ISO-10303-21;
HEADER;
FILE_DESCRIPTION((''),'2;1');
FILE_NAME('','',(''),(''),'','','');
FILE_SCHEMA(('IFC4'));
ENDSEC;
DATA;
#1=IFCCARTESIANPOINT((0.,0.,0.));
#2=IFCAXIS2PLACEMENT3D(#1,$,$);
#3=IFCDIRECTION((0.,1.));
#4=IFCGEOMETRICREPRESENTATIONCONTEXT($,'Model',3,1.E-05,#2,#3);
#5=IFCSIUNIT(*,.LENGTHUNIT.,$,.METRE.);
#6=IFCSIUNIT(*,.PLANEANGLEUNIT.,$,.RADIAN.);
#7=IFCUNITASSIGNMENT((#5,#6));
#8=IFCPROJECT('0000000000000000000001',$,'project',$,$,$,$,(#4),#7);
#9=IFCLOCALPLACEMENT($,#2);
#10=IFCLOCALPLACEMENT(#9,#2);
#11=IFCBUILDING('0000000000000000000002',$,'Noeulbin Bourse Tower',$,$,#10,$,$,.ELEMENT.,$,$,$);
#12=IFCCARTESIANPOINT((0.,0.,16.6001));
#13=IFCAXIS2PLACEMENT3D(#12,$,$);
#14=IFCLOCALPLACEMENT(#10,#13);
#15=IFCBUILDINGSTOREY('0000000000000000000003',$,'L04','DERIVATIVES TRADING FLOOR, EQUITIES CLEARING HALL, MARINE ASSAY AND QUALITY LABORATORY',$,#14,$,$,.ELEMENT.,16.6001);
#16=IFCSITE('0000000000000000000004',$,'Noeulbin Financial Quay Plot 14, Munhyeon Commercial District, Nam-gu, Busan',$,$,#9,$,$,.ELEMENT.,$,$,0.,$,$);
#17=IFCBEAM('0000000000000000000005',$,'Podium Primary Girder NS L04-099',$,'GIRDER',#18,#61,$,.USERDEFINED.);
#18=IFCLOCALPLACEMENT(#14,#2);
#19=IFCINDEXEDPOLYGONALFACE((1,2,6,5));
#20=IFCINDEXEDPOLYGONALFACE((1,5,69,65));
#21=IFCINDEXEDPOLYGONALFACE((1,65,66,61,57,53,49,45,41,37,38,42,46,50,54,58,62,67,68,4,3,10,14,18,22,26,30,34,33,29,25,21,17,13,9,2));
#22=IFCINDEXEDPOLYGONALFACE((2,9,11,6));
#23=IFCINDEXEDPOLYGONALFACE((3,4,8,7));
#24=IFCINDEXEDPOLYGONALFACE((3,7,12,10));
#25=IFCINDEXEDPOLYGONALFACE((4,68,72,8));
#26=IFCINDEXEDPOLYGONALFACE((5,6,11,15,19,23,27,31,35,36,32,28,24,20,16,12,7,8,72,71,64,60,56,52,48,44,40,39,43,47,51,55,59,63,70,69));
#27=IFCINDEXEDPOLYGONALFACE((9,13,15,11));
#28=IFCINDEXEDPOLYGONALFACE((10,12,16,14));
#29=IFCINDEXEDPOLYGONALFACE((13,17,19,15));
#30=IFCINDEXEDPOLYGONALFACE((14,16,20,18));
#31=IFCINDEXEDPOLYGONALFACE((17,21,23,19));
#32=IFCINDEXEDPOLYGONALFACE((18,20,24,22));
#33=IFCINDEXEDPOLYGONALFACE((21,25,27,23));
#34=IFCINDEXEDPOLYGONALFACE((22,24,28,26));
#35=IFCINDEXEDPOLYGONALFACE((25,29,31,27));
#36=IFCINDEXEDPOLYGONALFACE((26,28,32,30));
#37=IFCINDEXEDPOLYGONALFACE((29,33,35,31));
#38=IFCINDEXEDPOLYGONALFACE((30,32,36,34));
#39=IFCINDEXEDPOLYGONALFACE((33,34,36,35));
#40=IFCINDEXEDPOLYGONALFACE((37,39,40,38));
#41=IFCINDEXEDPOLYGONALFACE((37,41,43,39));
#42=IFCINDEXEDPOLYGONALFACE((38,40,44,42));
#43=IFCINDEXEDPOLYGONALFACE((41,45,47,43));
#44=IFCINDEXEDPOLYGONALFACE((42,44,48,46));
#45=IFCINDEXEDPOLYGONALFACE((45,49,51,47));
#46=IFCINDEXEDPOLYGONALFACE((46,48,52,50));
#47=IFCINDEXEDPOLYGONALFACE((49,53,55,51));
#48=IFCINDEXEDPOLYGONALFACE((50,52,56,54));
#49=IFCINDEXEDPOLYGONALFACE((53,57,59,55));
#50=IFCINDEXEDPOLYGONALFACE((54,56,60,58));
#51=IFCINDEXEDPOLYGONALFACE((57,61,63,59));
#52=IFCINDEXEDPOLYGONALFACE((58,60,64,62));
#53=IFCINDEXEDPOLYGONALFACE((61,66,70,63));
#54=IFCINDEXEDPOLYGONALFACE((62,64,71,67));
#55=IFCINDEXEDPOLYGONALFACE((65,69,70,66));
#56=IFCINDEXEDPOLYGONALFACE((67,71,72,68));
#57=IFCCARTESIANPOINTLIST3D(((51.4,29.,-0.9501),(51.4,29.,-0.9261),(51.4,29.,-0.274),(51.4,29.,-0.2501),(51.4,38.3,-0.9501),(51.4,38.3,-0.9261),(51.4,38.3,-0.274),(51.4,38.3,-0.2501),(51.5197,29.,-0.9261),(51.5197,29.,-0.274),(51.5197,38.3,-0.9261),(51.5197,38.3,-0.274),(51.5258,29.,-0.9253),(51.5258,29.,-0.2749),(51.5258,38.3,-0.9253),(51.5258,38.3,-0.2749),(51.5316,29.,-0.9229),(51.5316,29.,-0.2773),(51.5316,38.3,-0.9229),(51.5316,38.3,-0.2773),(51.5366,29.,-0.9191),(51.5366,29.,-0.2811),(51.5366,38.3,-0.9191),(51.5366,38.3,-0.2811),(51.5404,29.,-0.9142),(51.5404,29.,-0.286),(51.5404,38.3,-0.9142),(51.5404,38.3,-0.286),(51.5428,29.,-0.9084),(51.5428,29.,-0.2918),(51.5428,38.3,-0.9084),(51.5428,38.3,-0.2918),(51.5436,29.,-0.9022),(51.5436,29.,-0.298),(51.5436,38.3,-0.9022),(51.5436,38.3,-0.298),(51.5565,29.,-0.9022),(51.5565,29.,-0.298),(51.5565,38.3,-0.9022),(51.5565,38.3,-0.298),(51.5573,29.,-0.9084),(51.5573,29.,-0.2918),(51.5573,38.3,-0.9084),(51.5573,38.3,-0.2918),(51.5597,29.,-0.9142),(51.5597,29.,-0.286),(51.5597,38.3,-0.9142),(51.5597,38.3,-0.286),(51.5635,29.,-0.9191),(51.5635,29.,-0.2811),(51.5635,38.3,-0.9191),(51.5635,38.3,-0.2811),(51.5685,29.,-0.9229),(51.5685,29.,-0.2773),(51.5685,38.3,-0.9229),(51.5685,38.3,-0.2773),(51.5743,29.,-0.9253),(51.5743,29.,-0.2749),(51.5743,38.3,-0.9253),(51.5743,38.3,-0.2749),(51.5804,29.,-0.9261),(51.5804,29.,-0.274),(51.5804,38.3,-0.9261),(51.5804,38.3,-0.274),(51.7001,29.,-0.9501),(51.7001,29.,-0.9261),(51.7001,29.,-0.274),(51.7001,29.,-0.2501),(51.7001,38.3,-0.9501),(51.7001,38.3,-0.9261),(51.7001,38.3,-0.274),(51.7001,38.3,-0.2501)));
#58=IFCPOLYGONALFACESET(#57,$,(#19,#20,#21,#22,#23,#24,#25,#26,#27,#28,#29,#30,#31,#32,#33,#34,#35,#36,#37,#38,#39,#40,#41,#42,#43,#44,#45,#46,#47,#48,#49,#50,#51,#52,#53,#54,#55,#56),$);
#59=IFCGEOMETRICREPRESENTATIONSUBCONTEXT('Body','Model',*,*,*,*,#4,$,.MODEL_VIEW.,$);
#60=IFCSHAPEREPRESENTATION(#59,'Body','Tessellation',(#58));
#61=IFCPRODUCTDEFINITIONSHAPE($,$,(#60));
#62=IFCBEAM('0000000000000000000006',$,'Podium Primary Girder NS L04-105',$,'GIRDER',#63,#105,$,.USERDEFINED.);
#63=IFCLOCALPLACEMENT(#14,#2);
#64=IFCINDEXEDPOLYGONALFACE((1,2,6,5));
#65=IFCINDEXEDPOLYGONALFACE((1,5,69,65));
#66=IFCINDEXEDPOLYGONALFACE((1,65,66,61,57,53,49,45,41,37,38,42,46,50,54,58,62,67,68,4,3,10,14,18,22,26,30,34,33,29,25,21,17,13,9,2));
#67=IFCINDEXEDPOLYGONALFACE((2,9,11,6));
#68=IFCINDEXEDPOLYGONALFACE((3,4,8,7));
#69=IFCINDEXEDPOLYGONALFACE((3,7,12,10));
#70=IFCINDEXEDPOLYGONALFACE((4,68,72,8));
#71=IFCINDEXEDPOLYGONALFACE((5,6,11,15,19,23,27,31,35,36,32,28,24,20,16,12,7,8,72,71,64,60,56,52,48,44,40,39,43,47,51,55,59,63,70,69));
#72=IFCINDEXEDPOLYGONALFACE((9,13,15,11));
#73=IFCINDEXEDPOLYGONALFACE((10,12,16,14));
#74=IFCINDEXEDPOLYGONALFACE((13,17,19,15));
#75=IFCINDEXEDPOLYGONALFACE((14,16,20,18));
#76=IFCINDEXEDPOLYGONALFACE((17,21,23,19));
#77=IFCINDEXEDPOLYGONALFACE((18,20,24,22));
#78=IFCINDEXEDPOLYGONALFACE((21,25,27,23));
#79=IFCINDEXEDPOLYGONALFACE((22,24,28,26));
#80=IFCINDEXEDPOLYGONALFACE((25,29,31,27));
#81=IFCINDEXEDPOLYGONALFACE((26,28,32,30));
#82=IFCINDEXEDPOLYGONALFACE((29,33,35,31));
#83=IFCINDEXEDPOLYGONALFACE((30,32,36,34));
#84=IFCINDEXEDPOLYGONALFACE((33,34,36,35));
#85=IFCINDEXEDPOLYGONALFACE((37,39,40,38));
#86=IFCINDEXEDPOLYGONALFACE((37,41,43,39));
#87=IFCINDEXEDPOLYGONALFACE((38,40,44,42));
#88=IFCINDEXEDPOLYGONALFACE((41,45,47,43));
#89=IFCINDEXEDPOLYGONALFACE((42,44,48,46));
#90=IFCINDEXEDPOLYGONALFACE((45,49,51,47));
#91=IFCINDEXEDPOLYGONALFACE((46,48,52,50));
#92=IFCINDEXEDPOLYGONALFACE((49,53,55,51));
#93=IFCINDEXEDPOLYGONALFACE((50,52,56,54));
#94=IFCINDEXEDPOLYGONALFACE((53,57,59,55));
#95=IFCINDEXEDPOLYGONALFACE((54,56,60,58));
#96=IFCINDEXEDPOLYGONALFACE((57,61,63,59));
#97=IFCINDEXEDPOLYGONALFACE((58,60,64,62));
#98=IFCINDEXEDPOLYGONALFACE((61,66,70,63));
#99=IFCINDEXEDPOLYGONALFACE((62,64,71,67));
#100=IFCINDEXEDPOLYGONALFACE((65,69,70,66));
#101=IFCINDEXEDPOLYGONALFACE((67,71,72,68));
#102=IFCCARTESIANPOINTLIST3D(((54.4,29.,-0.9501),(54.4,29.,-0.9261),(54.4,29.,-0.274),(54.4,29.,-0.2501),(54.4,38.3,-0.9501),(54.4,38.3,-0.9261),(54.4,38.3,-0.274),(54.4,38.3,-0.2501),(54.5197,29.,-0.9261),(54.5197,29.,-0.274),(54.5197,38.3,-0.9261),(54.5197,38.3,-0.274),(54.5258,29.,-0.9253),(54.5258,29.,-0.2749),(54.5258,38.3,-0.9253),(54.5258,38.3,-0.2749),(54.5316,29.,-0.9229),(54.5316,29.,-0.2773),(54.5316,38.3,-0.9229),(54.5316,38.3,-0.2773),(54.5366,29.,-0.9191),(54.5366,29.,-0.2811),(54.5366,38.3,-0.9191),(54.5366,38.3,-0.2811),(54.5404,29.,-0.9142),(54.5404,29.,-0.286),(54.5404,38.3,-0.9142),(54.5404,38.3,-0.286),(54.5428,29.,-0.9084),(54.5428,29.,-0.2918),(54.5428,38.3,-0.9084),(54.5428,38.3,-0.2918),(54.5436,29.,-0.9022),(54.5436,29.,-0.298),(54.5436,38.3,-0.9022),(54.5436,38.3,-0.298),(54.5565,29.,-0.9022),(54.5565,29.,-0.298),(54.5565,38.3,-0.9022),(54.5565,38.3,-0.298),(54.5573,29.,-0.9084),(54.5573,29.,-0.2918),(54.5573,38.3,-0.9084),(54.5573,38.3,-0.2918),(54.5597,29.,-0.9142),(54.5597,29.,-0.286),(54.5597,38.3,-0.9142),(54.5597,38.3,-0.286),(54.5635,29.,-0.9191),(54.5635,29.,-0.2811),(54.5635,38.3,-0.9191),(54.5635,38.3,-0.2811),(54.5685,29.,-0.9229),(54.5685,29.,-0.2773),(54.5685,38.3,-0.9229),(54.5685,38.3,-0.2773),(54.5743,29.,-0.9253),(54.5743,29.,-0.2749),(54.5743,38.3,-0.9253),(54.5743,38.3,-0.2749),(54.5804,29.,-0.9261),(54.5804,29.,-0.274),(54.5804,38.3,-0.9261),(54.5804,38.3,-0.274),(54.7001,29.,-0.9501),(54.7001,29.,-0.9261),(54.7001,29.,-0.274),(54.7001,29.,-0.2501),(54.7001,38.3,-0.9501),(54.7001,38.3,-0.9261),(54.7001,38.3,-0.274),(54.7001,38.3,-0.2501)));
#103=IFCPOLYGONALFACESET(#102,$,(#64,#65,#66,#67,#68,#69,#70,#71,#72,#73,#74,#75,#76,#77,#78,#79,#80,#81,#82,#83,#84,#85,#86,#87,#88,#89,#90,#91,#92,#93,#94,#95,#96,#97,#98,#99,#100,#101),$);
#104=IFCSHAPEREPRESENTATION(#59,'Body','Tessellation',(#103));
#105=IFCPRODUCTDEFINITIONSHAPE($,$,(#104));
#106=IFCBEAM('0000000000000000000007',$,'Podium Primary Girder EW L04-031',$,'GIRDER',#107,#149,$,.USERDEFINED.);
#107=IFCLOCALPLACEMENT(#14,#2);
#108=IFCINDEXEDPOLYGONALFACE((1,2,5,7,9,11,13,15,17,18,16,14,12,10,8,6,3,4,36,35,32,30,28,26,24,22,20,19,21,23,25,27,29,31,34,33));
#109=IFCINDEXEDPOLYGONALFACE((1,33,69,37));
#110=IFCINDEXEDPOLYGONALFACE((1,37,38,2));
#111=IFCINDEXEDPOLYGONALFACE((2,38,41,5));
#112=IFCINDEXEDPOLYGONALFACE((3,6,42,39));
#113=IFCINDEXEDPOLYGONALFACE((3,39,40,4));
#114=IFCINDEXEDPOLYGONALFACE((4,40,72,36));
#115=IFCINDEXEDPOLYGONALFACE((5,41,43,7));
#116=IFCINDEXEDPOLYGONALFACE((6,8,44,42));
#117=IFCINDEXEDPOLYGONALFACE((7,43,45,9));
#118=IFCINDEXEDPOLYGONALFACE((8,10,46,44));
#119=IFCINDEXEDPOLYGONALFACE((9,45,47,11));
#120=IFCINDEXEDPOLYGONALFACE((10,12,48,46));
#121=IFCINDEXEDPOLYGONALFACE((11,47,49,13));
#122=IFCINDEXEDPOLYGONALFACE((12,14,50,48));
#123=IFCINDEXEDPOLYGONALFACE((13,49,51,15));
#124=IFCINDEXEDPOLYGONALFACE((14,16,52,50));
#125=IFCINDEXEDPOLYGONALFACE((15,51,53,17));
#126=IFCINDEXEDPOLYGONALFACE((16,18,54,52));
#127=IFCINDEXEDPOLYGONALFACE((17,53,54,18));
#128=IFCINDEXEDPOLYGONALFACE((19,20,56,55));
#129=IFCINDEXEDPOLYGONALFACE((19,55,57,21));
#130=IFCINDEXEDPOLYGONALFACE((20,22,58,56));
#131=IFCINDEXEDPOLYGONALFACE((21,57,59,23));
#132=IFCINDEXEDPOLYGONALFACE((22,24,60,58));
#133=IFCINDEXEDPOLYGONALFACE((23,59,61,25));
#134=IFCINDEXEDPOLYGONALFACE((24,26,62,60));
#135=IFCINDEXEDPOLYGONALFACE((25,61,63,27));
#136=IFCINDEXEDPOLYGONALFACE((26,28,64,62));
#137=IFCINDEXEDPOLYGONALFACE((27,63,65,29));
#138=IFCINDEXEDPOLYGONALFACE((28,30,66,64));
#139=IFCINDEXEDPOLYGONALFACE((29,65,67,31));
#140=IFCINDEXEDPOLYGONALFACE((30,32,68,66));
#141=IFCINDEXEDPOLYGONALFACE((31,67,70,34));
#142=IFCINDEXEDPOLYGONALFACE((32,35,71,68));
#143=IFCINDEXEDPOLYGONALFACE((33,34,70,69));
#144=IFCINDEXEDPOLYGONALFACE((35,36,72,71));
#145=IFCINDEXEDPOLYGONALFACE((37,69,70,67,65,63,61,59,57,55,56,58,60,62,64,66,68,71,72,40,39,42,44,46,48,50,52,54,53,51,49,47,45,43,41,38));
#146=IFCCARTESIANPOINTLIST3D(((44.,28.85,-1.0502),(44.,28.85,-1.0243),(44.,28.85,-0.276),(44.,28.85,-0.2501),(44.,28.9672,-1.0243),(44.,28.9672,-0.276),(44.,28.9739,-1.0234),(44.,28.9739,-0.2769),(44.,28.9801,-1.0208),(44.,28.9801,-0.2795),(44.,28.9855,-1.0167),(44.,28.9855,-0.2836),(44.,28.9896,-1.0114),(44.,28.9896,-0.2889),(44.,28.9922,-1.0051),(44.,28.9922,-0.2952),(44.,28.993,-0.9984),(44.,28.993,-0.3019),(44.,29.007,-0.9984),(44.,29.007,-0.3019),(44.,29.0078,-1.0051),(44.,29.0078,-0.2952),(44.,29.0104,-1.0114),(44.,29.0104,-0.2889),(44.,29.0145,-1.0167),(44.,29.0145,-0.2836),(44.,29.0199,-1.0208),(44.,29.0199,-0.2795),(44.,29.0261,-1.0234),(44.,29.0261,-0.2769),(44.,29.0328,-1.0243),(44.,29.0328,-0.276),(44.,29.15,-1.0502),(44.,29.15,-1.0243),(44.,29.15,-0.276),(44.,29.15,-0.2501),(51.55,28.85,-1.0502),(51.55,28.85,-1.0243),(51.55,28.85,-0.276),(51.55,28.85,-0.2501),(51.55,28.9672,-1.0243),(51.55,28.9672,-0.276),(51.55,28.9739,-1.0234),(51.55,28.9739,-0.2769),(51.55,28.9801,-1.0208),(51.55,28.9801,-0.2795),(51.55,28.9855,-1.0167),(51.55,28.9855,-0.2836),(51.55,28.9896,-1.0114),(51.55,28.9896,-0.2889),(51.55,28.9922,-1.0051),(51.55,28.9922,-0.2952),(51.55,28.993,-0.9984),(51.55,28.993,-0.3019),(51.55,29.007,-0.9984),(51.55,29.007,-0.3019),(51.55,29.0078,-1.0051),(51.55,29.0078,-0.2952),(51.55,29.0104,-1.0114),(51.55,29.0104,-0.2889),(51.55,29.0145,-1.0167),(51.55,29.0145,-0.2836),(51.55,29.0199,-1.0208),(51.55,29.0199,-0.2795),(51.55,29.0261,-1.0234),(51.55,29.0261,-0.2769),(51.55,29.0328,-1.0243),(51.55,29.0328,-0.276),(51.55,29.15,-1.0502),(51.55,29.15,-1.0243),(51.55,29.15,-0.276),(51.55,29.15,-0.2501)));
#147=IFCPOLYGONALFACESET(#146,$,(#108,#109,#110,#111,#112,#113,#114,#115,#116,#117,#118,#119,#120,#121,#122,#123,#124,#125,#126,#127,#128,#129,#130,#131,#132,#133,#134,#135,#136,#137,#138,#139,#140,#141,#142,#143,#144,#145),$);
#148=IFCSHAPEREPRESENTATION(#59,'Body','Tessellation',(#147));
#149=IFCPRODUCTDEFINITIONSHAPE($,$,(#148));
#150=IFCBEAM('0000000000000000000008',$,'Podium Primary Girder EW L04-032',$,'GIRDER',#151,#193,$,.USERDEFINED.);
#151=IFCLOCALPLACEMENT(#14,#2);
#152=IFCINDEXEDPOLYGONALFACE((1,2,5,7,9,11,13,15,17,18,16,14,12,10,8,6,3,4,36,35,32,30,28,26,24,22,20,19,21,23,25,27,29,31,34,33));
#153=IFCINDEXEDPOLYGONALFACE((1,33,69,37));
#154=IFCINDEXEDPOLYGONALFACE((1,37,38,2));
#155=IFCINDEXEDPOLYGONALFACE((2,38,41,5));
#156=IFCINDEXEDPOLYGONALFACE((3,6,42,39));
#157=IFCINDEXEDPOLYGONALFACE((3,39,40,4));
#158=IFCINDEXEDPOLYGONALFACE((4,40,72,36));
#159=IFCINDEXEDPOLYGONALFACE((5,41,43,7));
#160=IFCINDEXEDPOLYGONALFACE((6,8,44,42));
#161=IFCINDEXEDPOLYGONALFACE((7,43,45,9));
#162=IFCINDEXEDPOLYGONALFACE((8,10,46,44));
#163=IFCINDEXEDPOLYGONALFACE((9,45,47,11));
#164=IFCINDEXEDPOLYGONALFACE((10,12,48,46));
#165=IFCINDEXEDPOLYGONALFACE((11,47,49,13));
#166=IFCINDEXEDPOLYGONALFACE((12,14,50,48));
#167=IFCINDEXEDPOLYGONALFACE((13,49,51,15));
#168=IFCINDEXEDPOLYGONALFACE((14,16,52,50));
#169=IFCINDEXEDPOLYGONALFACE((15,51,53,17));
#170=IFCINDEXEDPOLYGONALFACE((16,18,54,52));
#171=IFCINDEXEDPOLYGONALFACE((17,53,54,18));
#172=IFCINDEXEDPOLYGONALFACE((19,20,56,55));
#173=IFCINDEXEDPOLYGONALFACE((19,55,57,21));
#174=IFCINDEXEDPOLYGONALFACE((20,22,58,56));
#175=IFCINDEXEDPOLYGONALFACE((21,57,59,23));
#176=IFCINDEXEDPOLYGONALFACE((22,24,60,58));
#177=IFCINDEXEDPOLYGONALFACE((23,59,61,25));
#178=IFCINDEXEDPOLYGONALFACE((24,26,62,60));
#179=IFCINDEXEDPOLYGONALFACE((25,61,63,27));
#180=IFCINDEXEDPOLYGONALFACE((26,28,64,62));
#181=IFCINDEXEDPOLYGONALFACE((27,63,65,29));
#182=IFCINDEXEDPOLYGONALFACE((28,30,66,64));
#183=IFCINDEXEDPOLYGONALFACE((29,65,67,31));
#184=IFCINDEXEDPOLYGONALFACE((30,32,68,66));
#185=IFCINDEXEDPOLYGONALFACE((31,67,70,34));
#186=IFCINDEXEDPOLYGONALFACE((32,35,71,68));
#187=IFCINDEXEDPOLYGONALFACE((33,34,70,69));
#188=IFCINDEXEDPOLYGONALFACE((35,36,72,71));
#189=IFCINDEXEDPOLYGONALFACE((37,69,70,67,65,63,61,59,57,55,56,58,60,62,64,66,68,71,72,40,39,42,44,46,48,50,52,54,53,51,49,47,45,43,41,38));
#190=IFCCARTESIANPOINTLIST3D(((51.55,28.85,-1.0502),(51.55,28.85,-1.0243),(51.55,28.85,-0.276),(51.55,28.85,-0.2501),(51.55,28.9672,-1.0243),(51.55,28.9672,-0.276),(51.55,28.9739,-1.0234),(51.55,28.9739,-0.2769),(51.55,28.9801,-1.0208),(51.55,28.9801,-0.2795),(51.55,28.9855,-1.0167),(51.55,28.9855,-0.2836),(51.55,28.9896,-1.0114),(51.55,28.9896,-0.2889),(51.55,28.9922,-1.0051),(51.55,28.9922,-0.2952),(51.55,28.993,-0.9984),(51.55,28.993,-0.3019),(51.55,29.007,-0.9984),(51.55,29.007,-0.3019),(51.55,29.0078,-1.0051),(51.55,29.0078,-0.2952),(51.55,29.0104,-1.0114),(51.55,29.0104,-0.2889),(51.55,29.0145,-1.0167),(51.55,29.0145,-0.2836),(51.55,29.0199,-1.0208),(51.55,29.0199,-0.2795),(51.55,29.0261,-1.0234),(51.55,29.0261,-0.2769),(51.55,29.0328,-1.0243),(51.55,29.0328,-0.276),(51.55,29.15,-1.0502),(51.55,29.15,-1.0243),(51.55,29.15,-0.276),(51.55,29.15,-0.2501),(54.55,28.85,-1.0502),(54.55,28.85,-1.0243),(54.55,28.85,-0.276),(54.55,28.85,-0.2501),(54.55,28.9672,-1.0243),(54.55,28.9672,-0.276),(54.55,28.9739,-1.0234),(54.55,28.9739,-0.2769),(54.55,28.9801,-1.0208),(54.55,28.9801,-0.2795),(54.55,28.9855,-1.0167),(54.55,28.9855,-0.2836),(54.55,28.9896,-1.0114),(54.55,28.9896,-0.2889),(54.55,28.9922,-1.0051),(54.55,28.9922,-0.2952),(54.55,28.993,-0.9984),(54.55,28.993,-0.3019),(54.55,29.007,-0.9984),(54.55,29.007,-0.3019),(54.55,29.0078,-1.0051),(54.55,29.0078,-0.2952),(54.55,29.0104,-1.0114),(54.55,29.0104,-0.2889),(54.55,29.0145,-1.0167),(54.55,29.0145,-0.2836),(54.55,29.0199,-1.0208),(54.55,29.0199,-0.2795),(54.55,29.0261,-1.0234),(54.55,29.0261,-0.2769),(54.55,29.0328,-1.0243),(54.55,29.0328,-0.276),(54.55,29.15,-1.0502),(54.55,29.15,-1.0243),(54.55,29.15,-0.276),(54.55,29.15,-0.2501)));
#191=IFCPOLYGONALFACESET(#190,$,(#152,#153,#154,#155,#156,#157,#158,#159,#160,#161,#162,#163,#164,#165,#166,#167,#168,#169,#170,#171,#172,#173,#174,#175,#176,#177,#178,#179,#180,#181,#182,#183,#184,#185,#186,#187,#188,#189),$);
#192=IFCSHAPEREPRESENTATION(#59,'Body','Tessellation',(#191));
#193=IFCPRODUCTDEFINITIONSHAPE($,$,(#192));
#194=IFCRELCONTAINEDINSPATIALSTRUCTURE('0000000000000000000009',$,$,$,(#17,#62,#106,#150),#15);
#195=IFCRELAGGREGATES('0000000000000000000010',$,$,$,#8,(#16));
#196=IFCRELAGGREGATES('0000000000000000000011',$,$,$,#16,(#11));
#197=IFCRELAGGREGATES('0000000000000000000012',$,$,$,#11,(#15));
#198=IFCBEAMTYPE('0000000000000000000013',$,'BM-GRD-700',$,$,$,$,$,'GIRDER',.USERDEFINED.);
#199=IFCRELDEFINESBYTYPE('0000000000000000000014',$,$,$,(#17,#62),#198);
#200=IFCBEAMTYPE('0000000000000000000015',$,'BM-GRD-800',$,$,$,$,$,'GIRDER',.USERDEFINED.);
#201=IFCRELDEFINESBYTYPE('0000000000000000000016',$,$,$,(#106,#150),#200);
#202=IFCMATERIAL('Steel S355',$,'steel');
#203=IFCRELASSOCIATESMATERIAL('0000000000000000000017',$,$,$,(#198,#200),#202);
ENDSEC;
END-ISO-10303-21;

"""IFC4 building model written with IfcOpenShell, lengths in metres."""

from ifc_helpers import new_model, si_unit, direction, frame, origin, origin_2d, place, context, subcontext, project, spatial, i_section, extrude, material, material_profile, profile_set, type_object, element, save


model = new_model("IFC4")

# Units and contexts
model_context = context("Model", 3, precision=1e-05, world=origin(), true_north=direction((0.0, 1.0)))
body_context = subcontext(model_context, "Body", "Model", "MODEL_VIEW")
ifc_project = project(units=[si_unit("LENGTHUNIT", "METRE"), si_unit("PLANEANGLEUNIT", "RADIAN")], contexts=[model_context])

# Site, building, storey
site_placement = place(None, origin())
site = spatial("IfcSite", under=ifc_project, at=site_placement, Name="Noeulbin Financial Quay Plot 14, Munhyeon Commercial District, Nam-gu, Busan", CompositionType="ELEMENT", RefElevation=0.0)
building_placement = place(site_placement, origin())
building = spatial("IfcBuilding", under=site, at=building_placement, Name="Noeulbin Bourse Tower", CompositionType="ELEMENT")
storey_placement = place(building_placement, frame((0.0, 0.0, 16.6001)))
storey = spatial("IfcBuildingStorey", under=building, at=storey_placement, Name="L04", Description="DERIVATIVES TRADING FLOOR, EQUITIES CLEARING HALL, MARINE ASSAY AND QUALITY LABORATORY", CompositionType="ELEMENT", Elevation=16.6001)

# Beams
ifc_material_1 = material(Name="Steel S355", Category="steel")
ifc_material_profile_1 = material_profile(ifc_material_1, i_section(OverallWidth=0.3, OverallDepth=0.7, WebThickness=0.0129, FlangeThickness=0.0239, FilletRadius=0.0239, at=origin_2d()), Name="H-700x300x13x24", Category="LoadBearing")
ifc_profile_set_1 = profile_set([ifc_material_profile_1], Name="Steel S355")
beam_type_1 = type_object("IfcBeamType", Name="BM-GRD-700", ElementType="GIRDER", PredefinedType="USERDEFINED", material=ifc_profile_set_1)
for number, where, z_axis, x_axis, name in (
    (1, (51.55, 29.0, -0.6001), (0.0, 1.0, 0.0), (-1.0, 0.0, 0.0), "Podium Primary Girder NS L04-099"),
    (2, (54.55, 29.0, -0.6001), (0.0, 1.0, 0.0), (-1.0, 0.0, 0.0), "Podium Primary Girder NS L04-105"),
):
    element("IfcBeam", number, at=place(storey_placement, frame(where, z_axis=z_axis, x_axis=x_axis)), inside=storey, type_object=beam_type_1, Name=name, ObjectType="GIRDER", PredefinedType="USERDEFINED", context=body_context, shape_type="SweptSolid", body=[
        extrude(i_section(OverallWidth=0.3, OverallDepth=0.7, WebThickness=0.0129, FlangeThickness=0.0239, FilletRadius=0.0239, at=origin_2d()), origin(), (0.0, 0.0, 1.0), 9.3),
    ])
ifc_material_profile_2 = material_profile(ifc_material_1, i_section(OverallWidth=0.3, OverallDepth=0.8, WebThickness=0.0139, FlangeThickness=0.0259, FilletRadius=0.0259, at=origin_2d()), Name="H-800x300x14x26", Category="LoadBearing")
ifc_profile_set_2 = profile_set([ifc_material_profile_2], Name="Steel S355")
beam_type_2 = type_object("IfcBeamType", Name="BM-GRD-800", ElementType="GIRDER", PredefinedType="USERDEFINED", material=ifc_profile_set_2)
beam_1_placement = place(storey_placement, frame((44.0, 29.0, -0.6501), z_axis=(1.0, 0.0, 0.0), x_axis=(0.0, 1.0, 0.0)))
element("IfcBeam", 3, at=beam_1_placement, inside=storey, type_object=beam_type_2, Name="Podium Primary Girder EW L04-031", ObjectType="GIRDER", PredefinedType="USERDEFINED", context=body_context, shape_type="SweptSolid", body=[
    extrude(i_section(OverallWidth=0.3, OverallDepth=0.8, WebThickness=0.0139, FlangeThickness=0.0259, FilletRadius=0.0259, at=origin_2d()), origin(), (0.0, 0.0, 1.0), 7.55),
])
beam_2_placement = place(storey_placement, frame((51.55, 29.0, -0.6501), z_axis=(1.0, 0.0, 0.0), x_axis=(0.0, 1.0, 0.0)))
element("IfcBeam", 4, at=beam_2_placement, inside=storey, type_object=beam_type_2, Name="Podium Primary Girder EW L04-032", ObjectType="GIRDER", PredefinedType="USERDEFINED", context=body_context, shape_type="SweptSolid", body=[
    extrude(i_section(OverallWidth=0.3, OverallDepth=0.8, WebThickness=0.0139, FlangeThickness=0.0259, FilletRadius=0.0259, at=origin_2d()), origin(), (0.0, 0.0, 1.0), 3.0),
])

save(model, "model.ifc")
